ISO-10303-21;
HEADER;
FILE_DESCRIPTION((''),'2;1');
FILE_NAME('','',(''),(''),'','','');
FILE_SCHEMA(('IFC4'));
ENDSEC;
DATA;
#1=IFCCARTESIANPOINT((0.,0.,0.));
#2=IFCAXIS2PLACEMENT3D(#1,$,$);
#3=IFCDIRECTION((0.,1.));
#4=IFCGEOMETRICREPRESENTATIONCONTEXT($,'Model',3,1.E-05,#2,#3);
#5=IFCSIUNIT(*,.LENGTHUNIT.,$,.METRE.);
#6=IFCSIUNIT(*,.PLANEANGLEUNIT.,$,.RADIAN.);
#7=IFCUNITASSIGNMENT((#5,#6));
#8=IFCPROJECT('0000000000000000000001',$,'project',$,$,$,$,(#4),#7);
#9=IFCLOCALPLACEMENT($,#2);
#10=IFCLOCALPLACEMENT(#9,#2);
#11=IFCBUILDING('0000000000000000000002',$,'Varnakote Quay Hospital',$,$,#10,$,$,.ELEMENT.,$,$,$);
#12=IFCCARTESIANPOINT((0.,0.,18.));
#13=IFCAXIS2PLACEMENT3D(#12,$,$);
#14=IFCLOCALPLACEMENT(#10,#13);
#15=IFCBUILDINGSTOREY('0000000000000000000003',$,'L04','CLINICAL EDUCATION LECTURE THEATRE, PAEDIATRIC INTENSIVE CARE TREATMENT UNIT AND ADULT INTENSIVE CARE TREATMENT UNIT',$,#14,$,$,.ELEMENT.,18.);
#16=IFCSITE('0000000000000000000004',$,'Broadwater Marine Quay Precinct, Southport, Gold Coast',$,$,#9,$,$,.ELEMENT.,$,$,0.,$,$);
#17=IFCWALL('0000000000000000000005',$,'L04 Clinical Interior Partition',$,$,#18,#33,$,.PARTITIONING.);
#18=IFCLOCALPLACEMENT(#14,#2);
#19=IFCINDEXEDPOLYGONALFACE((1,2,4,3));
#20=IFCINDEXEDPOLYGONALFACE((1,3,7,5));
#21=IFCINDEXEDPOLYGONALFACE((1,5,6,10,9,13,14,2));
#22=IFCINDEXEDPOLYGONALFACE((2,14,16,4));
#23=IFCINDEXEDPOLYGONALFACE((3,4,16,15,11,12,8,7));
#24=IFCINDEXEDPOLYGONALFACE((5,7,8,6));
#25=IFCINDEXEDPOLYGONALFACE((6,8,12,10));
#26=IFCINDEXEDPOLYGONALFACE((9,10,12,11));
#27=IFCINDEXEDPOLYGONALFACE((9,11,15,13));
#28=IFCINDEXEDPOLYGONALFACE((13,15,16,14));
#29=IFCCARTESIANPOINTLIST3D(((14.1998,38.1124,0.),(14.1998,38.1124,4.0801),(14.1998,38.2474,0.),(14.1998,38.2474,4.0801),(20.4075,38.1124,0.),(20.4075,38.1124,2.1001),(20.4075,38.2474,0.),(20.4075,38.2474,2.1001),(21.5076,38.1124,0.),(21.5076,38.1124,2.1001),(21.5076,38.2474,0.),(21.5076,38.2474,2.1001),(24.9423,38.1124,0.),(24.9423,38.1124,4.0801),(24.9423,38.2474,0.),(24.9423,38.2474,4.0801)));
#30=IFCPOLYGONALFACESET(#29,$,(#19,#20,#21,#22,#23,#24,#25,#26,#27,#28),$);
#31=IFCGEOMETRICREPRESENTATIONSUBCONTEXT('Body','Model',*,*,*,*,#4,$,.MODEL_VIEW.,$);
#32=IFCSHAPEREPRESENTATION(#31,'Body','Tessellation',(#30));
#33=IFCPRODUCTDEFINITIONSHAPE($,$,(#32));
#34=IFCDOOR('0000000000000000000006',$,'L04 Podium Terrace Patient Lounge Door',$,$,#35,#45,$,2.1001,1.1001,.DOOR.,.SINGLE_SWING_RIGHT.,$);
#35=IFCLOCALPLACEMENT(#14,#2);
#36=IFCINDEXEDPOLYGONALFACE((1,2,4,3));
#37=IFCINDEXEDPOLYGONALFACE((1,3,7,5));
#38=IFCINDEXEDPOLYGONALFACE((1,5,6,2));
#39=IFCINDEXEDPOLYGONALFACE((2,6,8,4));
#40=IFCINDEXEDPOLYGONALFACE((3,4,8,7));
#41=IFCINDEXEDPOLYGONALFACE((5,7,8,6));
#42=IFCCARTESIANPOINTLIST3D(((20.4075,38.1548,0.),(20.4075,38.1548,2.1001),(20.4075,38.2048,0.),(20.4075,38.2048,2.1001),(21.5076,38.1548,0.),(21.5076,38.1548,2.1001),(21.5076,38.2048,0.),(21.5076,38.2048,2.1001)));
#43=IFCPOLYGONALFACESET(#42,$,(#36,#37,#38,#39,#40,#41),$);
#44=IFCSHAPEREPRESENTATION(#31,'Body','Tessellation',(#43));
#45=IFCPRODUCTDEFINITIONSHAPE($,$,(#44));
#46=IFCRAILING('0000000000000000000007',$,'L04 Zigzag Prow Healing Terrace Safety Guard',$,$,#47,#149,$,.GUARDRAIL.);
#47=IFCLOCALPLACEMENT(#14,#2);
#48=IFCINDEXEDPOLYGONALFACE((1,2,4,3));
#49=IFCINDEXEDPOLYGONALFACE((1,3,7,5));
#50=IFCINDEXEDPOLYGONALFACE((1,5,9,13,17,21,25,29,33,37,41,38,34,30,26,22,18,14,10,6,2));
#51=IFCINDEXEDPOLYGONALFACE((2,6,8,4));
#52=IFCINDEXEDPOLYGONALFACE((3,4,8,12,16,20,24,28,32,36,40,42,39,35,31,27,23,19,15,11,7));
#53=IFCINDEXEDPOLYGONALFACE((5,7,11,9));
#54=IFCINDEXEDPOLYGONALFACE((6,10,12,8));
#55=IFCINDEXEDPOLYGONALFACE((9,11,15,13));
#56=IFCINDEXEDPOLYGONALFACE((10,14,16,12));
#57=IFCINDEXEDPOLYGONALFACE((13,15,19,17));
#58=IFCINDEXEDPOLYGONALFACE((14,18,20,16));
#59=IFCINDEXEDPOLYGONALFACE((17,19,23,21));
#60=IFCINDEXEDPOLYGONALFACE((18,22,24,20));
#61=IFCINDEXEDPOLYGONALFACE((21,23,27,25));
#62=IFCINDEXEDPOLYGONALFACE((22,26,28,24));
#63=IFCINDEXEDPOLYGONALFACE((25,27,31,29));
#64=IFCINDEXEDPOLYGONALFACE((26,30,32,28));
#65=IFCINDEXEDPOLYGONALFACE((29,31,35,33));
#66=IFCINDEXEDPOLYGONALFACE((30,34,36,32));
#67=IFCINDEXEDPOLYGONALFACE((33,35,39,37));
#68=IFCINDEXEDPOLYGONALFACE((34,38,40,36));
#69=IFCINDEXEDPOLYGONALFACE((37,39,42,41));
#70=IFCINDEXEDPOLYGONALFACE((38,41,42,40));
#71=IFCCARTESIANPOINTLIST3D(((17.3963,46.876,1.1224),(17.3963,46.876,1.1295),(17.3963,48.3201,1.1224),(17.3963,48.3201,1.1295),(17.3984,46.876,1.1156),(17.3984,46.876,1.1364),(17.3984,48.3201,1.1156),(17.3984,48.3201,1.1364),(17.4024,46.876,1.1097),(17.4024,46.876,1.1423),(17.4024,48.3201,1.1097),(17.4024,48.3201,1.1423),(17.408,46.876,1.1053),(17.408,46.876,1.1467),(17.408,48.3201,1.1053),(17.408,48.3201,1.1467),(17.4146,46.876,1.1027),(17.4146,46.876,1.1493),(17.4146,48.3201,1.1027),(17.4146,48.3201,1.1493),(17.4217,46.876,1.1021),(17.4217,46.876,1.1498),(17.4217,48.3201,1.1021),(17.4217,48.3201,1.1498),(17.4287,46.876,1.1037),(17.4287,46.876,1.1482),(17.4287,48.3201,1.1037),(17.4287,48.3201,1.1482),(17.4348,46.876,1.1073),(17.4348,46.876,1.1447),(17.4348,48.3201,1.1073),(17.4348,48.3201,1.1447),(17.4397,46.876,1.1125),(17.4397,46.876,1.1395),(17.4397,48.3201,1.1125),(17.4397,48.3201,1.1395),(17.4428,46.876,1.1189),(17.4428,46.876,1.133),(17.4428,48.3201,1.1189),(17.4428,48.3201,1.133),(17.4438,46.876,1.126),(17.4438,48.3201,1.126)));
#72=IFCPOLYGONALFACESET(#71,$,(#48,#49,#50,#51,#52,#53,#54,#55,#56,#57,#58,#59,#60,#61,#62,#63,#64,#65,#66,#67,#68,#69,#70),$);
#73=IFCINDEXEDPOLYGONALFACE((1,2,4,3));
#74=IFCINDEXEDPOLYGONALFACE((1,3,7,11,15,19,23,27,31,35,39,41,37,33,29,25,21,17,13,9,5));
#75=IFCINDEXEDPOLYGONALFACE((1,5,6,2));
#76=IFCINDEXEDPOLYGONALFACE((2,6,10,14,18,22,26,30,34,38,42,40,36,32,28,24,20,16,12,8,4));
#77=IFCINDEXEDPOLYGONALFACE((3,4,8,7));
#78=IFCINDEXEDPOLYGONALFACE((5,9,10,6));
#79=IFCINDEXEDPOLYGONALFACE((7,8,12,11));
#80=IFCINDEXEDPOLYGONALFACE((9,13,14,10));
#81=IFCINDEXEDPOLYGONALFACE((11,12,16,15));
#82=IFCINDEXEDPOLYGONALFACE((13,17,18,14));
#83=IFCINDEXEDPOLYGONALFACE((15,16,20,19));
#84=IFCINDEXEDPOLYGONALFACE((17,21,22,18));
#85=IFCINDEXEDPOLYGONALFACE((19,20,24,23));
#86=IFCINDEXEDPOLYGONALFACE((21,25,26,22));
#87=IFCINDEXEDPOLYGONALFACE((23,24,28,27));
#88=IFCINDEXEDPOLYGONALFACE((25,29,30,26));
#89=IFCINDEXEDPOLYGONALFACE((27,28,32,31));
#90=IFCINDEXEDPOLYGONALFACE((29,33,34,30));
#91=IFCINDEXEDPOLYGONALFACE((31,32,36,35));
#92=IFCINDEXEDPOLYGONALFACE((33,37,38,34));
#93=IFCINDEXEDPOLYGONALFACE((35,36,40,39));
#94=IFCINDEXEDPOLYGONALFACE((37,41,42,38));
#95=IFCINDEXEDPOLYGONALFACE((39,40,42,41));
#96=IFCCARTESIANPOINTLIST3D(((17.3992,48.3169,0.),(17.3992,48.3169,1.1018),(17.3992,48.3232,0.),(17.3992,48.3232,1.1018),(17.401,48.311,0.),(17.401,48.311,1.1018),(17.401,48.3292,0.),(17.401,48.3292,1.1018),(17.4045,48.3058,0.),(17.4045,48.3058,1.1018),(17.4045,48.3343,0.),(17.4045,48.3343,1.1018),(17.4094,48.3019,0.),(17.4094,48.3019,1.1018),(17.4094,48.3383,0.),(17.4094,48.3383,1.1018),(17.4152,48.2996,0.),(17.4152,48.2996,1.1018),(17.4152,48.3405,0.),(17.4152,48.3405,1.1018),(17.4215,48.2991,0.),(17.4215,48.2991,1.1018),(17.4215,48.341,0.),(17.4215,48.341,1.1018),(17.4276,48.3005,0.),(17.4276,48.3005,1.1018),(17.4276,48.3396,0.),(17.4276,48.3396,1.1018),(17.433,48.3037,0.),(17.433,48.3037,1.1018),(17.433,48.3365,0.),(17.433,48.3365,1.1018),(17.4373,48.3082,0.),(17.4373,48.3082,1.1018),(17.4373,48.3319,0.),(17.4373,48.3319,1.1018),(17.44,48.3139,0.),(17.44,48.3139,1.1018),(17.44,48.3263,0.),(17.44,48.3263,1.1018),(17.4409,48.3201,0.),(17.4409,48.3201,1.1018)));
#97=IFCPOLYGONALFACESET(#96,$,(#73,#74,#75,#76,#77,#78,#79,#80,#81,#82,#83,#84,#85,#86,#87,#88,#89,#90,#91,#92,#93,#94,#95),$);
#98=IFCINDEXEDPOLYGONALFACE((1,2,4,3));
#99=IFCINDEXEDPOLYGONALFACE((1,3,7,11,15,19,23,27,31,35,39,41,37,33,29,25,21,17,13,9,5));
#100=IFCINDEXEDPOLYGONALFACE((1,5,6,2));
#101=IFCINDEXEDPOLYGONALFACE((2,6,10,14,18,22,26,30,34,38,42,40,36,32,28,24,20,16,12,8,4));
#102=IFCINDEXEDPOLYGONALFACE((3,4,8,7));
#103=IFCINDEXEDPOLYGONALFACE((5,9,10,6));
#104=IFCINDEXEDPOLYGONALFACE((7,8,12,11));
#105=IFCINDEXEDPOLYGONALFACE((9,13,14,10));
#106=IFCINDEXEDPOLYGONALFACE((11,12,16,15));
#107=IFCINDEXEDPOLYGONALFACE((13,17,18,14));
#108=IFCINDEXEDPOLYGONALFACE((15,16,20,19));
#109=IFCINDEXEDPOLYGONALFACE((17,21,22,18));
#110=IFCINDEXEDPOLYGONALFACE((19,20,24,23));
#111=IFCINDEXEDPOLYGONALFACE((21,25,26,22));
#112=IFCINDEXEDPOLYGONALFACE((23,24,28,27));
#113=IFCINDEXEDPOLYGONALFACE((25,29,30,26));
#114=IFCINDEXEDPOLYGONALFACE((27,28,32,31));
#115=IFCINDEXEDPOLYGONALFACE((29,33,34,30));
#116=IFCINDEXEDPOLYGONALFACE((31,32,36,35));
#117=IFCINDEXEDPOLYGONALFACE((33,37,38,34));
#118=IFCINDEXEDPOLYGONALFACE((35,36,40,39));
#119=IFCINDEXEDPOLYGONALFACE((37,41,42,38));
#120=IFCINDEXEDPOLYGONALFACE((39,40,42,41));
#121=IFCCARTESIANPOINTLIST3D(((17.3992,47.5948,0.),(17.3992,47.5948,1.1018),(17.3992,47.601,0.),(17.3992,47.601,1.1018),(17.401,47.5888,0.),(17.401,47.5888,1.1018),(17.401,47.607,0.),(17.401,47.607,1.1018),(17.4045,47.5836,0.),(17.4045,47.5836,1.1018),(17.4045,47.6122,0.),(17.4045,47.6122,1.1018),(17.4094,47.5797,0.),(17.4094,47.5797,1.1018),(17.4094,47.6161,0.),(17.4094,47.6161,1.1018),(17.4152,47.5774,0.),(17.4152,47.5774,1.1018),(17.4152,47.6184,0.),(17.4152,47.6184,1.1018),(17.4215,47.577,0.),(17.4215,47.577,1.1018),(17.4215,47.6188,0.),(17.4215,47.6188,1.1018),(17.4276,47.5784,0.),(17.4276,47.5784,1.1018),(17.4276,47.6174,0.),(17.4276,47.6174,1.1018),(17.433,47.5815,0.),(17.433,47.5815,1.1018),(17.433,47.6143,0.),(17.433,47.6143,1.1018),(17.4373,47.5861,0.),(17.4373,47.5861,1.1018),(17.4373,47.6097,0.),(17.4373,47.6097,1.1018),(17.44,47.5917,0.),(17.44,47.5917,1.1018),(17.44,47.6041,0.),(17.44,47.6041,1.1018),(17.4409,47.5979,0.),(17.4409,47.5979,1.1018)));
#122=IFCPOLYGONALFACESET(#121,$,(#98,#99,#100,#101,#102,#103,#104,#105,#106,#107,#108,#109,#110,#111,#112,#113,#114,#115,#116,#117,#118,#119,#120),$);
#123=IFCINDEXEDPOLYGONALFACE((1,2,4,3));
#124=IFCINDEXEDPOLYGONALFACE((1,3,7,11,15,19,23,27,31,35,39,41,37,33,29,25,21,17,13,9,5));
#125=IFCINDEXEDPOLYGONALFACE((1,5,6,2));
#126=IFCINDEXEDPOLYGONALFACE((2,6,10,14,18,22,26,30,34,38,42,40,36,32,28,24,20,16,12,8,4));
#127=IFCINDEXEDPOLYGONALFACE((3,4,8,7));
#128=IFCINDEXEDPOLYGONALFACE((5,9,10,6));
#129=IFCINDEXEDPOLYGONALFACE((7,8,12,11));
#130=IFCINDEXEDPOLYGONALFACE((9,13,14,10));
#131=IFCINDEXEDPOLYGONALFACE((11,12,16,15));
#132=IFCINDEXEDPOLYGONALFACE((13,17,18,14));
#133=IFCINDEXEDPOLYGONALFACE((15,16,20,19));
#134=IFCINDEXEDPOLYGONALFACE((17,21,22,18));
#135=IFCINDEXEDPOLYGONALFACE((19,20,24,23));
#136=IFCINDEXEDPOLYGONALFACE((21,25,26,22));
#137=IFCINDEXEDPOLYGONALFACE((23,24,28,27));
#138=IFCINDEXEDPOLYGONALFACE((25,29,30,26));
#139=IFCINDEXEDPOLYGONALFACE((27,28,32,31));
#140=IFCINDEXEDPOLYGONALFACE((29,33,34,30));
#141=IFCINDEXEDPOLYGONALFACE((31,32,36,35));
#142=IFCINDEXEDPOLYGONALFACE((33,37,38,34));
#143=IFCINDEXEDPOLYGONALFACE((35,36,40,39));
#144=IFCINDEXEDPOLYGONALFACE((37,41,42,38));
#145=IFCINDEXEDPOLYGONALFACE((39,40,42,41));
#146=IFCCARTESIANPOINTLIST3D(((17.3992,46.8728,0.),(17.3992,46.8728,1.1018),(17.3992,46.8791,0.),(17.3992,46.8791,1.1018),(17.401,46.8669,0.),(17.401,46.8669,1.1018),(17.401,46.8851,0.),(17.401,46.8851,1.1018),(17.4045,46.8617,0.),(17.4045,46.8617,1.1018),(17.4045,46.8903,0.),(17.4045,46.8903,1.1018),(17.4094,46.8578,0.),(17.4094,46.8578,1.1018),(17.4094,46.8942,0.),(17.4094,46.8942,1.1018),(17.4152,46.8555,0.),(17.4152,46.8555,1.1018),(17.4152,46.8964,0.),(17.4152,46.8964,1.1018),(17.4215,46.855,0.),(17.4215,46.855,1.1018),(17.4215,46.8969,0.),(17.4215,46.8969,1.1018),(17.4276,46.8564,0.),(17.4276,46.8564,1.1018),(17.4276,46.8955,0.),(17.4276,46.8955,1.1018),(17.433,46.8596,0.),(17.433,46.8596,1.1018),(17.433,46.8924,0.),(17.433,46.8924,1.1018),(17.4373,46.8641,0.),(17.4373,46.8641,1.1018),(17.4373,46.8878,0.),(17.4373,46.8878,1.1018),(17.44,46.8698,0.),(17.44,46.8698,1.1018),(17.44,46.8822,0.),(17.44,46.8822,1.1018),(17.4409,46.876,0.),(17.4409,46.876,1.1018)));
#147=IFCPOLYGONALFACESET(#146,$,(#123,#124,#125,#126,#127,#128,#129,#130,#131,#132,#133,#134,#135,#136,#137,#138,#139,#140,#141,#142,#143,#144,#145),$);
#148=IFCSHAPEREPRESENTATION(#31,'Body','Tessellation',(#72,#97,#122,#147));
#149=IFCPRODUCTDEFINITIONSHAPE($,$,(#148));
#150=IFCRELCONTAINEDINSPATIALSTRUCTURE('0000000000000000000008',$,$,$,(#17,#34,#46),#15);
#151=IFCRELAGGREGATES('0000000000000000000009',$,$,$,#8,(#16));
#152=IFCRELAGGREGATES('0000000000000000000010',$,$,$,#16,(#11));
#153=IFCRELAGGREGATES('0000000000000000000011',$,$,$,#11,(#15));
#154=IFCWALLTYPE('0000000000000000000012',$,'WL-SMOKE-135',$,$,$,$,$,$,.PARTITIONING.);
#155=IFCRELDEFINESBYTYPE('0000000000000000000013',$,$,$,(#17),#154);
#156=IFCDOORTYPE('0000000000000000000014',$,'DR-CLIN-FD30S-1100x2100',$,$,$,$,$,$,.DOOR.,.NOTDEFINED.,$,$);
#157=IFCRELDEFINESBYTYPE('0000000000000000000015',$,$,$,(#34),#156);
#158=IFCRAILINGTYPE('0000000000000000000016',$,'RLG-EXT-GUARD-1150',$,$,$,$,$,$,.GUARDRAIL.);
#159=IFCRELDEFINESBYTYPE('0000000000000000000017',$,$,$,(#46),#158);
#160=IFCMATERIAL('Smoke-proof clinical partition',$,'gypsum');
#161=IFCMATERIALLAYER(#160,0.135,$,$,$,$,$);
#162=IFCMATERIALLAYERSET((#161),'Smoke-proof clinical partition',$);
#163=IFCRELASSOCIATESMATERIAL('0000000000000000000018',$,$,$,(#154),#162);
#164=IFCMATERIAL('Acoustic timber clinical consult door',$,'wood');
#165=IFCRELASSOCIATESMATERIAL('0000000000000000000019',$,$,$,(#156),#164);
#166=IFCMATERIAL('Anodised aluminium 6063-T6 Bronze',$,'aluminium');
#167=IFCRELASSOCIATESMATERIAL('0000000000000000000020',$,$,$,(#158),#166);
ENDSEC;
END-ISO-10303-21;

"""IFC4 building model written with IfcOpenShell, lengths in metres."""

from ifc_helpers import new_model, si_unit, direction, frame, frame_2d, origin, origin_2d, place, context, subcontext, project, spatial, rectangle, circle, extrude, material, layer, layer_set, type_object, element, fill, save


model = new_model("IFC4")

# Units and contexts
model_context = context("Model", 3, precision=1e-05, world=origin(), true_north=direction((0.0, 1.0)))
body_context = subcontext(model_context, "Body", "Model", "MODEL_VIEW")
ifc_project = project(units=[si_unit("LENGTHUNIT", "METRE"), si_unit("PLANEANGLEUNIT", "RADIAN")], contexts=[model_context])

# Site, building, storey
site_placement = place(None, origin())
site = spatial("IfcSite", under=ifc_project, at=site_placement, Name="Broadwater Marine Quay Precinct, Southport, Gold Coast", CompositionType="ELEMENT", RefElevation=0.0)
building_placement = place(site_placement, origin())
building = spatial("IfcBuilding", under=site, at=building_placement, Name="Varnakote Quay Hospital", CompositionType="ELEMENT")
storey_placement = place(building_placement, frame((0.0, 0.0, 18.0)))
storey = spatial("IfcBuildingStorey", under=building, at=storey_placement, Name="L04", Description="CLINICAL EDUCATION LECTURE THEATRE, PAEDIATRIC INTENSIVE CARE TREATMENT UNIT AND ADULT INTENSIVE CARE TREATMENT UNIT", CompositionType="ELEMENT", Elevation=18.0)

# Wall, opening, door
ifc_material_1 = material(Name="Smoke-proof clinical partition", Category="gypsum")
ifc_layer_1 = layer(ifc_material_1, 0.135)
ifc_layer_set_1 = layer_set([ifc_layer_1], Name="Smoke-proof clinical partition")
wall_type_1 = type_object("IfcWallType", Name="WL-SMOKE-135", PredefinedType="PARTITIONING", material=ifc_layer_set_1)
wall_1_placement = place(storey_placement, frame((14.2, 38.1799, 0.0), z_axis=(0.0, 0.0, 1.0), x_axis=(1.0, 0.0, 0.0)))
wall_1 = element("IfcWall", 1, at=wall_1_placement, inside=storey, type_object=wall_type_1, Name="L04 Clinical Interior Partition", PredefinedType="PARTITIONING", context=body_context, shape_type="SweptSolid", body=[
    extrude(rectangle(XDim=10.7424, YDim=0.135, at=frame_2d((5.3711, 0.0))), origin(), (0.0, 0.0, 1.0), 4.0801),
])
opening_1_placement = place(wall_1_placement, frame((6.2075, 0.0, 0.0)))
opening_1 = element("IfcOpeningElement", 2, at=opening_1_placement, cuts=wall_1, PredefinedType="OPENING", context=body_context, shape_type="SweptSolid", body=[
    extrude(rectangle(XDim=1.1001, YDim=2.1001, at=frame_2d((0.55, 1.05))), frame((0.0, 0.0774, 0.0), z_axis=(0.0, -1.0, 0.0), x_axis=(1.0, 0.0, 0.0)), (0.0, 0.0, 1.0), 0.155),
])
ifc_material_2 = material(Name="Acoustic timber clinical consult door", Category="wood")
door_type_1 = type_object("IfcDoorType", Name="DR-CLIN-FD30S-1100x2100", OperationType="NOTDEFINED", PredefinedType="DOOR", material=ifc_material_2)
door_1_placement = place(opening_1_placement, origin())
door_1 = element("IfcDoor", 3, at=door_1_placement, inside=storey, type_object=door_type_1, Name="L04 Podium Terrace Patient Lounge Door", OperationType="SINGLE_SWING_RIGHT", OverallHeight=2.1001, OverallWidth=1.1001, PredefinedType="DOOR", context=body_context, shape_type="SweptSolid", body=[
    extrude(rectangle(XDim=1.1001, YDim=2.1001, at=frame_2d((0.55, 1.05))), frame((0.0, 0.0249, 0.0), z_axis=(0.0, -1.0, 0.0), x_axis=(1.0, 0.0, 0.0)), (0.0, 0.0, 1.0), 0.05),
])
fill(opening_1, door_1)

# Railing
ifc_material_3 = material(Name="Anodised aluminium 6063-T6 Bronze", Category="aluminium")
railing_type_1 = type_object("IfcRailingType", Name="RLG-EXT-GUARD-1150", PredefinedType="GUARDRAIL", material=ifc_material_3)
railing_1_placement = place(storey_placement, frame((17.4199, 48.3201, 0.0)))
element("IfcRailing", 4, at=railing_1_placement, inside=storey, type_object=railing_type_1, Name="L04 Zigzag Prow Healing Terrace Safety Guard", PredefinedType="GUARDRAIL", context=body_context, shape_type="SweptSolid", body=[
    extrude(circle(Radius=0.0239, at=origin_2d()), frame((0.0, 0.0, 1.126), z_axis=(0.0, -1.0, 0.0), x_axis=(1.0, 0.0, 0.0)), (0.0, 0.0, 1.0), 1.4441),
    extrude(circle(Radius=0.021, at=origin_2d()), origin(), (0.0, 0.0, 1.0), 1.1018),
    extrude(circle(Radius=0.021, at=origin_2d()), frame((0.0, -0.7222, 0.0)), (0.0, 0.0, 1.0), 1.1018),
    extrude(circle(Radius=0.021, at=origin_2d()), frame((0.0, -1.4441, 0.0)), (0.0, 0.0, 1.0), 1.1018),
])

save(model, "model.ifc")
